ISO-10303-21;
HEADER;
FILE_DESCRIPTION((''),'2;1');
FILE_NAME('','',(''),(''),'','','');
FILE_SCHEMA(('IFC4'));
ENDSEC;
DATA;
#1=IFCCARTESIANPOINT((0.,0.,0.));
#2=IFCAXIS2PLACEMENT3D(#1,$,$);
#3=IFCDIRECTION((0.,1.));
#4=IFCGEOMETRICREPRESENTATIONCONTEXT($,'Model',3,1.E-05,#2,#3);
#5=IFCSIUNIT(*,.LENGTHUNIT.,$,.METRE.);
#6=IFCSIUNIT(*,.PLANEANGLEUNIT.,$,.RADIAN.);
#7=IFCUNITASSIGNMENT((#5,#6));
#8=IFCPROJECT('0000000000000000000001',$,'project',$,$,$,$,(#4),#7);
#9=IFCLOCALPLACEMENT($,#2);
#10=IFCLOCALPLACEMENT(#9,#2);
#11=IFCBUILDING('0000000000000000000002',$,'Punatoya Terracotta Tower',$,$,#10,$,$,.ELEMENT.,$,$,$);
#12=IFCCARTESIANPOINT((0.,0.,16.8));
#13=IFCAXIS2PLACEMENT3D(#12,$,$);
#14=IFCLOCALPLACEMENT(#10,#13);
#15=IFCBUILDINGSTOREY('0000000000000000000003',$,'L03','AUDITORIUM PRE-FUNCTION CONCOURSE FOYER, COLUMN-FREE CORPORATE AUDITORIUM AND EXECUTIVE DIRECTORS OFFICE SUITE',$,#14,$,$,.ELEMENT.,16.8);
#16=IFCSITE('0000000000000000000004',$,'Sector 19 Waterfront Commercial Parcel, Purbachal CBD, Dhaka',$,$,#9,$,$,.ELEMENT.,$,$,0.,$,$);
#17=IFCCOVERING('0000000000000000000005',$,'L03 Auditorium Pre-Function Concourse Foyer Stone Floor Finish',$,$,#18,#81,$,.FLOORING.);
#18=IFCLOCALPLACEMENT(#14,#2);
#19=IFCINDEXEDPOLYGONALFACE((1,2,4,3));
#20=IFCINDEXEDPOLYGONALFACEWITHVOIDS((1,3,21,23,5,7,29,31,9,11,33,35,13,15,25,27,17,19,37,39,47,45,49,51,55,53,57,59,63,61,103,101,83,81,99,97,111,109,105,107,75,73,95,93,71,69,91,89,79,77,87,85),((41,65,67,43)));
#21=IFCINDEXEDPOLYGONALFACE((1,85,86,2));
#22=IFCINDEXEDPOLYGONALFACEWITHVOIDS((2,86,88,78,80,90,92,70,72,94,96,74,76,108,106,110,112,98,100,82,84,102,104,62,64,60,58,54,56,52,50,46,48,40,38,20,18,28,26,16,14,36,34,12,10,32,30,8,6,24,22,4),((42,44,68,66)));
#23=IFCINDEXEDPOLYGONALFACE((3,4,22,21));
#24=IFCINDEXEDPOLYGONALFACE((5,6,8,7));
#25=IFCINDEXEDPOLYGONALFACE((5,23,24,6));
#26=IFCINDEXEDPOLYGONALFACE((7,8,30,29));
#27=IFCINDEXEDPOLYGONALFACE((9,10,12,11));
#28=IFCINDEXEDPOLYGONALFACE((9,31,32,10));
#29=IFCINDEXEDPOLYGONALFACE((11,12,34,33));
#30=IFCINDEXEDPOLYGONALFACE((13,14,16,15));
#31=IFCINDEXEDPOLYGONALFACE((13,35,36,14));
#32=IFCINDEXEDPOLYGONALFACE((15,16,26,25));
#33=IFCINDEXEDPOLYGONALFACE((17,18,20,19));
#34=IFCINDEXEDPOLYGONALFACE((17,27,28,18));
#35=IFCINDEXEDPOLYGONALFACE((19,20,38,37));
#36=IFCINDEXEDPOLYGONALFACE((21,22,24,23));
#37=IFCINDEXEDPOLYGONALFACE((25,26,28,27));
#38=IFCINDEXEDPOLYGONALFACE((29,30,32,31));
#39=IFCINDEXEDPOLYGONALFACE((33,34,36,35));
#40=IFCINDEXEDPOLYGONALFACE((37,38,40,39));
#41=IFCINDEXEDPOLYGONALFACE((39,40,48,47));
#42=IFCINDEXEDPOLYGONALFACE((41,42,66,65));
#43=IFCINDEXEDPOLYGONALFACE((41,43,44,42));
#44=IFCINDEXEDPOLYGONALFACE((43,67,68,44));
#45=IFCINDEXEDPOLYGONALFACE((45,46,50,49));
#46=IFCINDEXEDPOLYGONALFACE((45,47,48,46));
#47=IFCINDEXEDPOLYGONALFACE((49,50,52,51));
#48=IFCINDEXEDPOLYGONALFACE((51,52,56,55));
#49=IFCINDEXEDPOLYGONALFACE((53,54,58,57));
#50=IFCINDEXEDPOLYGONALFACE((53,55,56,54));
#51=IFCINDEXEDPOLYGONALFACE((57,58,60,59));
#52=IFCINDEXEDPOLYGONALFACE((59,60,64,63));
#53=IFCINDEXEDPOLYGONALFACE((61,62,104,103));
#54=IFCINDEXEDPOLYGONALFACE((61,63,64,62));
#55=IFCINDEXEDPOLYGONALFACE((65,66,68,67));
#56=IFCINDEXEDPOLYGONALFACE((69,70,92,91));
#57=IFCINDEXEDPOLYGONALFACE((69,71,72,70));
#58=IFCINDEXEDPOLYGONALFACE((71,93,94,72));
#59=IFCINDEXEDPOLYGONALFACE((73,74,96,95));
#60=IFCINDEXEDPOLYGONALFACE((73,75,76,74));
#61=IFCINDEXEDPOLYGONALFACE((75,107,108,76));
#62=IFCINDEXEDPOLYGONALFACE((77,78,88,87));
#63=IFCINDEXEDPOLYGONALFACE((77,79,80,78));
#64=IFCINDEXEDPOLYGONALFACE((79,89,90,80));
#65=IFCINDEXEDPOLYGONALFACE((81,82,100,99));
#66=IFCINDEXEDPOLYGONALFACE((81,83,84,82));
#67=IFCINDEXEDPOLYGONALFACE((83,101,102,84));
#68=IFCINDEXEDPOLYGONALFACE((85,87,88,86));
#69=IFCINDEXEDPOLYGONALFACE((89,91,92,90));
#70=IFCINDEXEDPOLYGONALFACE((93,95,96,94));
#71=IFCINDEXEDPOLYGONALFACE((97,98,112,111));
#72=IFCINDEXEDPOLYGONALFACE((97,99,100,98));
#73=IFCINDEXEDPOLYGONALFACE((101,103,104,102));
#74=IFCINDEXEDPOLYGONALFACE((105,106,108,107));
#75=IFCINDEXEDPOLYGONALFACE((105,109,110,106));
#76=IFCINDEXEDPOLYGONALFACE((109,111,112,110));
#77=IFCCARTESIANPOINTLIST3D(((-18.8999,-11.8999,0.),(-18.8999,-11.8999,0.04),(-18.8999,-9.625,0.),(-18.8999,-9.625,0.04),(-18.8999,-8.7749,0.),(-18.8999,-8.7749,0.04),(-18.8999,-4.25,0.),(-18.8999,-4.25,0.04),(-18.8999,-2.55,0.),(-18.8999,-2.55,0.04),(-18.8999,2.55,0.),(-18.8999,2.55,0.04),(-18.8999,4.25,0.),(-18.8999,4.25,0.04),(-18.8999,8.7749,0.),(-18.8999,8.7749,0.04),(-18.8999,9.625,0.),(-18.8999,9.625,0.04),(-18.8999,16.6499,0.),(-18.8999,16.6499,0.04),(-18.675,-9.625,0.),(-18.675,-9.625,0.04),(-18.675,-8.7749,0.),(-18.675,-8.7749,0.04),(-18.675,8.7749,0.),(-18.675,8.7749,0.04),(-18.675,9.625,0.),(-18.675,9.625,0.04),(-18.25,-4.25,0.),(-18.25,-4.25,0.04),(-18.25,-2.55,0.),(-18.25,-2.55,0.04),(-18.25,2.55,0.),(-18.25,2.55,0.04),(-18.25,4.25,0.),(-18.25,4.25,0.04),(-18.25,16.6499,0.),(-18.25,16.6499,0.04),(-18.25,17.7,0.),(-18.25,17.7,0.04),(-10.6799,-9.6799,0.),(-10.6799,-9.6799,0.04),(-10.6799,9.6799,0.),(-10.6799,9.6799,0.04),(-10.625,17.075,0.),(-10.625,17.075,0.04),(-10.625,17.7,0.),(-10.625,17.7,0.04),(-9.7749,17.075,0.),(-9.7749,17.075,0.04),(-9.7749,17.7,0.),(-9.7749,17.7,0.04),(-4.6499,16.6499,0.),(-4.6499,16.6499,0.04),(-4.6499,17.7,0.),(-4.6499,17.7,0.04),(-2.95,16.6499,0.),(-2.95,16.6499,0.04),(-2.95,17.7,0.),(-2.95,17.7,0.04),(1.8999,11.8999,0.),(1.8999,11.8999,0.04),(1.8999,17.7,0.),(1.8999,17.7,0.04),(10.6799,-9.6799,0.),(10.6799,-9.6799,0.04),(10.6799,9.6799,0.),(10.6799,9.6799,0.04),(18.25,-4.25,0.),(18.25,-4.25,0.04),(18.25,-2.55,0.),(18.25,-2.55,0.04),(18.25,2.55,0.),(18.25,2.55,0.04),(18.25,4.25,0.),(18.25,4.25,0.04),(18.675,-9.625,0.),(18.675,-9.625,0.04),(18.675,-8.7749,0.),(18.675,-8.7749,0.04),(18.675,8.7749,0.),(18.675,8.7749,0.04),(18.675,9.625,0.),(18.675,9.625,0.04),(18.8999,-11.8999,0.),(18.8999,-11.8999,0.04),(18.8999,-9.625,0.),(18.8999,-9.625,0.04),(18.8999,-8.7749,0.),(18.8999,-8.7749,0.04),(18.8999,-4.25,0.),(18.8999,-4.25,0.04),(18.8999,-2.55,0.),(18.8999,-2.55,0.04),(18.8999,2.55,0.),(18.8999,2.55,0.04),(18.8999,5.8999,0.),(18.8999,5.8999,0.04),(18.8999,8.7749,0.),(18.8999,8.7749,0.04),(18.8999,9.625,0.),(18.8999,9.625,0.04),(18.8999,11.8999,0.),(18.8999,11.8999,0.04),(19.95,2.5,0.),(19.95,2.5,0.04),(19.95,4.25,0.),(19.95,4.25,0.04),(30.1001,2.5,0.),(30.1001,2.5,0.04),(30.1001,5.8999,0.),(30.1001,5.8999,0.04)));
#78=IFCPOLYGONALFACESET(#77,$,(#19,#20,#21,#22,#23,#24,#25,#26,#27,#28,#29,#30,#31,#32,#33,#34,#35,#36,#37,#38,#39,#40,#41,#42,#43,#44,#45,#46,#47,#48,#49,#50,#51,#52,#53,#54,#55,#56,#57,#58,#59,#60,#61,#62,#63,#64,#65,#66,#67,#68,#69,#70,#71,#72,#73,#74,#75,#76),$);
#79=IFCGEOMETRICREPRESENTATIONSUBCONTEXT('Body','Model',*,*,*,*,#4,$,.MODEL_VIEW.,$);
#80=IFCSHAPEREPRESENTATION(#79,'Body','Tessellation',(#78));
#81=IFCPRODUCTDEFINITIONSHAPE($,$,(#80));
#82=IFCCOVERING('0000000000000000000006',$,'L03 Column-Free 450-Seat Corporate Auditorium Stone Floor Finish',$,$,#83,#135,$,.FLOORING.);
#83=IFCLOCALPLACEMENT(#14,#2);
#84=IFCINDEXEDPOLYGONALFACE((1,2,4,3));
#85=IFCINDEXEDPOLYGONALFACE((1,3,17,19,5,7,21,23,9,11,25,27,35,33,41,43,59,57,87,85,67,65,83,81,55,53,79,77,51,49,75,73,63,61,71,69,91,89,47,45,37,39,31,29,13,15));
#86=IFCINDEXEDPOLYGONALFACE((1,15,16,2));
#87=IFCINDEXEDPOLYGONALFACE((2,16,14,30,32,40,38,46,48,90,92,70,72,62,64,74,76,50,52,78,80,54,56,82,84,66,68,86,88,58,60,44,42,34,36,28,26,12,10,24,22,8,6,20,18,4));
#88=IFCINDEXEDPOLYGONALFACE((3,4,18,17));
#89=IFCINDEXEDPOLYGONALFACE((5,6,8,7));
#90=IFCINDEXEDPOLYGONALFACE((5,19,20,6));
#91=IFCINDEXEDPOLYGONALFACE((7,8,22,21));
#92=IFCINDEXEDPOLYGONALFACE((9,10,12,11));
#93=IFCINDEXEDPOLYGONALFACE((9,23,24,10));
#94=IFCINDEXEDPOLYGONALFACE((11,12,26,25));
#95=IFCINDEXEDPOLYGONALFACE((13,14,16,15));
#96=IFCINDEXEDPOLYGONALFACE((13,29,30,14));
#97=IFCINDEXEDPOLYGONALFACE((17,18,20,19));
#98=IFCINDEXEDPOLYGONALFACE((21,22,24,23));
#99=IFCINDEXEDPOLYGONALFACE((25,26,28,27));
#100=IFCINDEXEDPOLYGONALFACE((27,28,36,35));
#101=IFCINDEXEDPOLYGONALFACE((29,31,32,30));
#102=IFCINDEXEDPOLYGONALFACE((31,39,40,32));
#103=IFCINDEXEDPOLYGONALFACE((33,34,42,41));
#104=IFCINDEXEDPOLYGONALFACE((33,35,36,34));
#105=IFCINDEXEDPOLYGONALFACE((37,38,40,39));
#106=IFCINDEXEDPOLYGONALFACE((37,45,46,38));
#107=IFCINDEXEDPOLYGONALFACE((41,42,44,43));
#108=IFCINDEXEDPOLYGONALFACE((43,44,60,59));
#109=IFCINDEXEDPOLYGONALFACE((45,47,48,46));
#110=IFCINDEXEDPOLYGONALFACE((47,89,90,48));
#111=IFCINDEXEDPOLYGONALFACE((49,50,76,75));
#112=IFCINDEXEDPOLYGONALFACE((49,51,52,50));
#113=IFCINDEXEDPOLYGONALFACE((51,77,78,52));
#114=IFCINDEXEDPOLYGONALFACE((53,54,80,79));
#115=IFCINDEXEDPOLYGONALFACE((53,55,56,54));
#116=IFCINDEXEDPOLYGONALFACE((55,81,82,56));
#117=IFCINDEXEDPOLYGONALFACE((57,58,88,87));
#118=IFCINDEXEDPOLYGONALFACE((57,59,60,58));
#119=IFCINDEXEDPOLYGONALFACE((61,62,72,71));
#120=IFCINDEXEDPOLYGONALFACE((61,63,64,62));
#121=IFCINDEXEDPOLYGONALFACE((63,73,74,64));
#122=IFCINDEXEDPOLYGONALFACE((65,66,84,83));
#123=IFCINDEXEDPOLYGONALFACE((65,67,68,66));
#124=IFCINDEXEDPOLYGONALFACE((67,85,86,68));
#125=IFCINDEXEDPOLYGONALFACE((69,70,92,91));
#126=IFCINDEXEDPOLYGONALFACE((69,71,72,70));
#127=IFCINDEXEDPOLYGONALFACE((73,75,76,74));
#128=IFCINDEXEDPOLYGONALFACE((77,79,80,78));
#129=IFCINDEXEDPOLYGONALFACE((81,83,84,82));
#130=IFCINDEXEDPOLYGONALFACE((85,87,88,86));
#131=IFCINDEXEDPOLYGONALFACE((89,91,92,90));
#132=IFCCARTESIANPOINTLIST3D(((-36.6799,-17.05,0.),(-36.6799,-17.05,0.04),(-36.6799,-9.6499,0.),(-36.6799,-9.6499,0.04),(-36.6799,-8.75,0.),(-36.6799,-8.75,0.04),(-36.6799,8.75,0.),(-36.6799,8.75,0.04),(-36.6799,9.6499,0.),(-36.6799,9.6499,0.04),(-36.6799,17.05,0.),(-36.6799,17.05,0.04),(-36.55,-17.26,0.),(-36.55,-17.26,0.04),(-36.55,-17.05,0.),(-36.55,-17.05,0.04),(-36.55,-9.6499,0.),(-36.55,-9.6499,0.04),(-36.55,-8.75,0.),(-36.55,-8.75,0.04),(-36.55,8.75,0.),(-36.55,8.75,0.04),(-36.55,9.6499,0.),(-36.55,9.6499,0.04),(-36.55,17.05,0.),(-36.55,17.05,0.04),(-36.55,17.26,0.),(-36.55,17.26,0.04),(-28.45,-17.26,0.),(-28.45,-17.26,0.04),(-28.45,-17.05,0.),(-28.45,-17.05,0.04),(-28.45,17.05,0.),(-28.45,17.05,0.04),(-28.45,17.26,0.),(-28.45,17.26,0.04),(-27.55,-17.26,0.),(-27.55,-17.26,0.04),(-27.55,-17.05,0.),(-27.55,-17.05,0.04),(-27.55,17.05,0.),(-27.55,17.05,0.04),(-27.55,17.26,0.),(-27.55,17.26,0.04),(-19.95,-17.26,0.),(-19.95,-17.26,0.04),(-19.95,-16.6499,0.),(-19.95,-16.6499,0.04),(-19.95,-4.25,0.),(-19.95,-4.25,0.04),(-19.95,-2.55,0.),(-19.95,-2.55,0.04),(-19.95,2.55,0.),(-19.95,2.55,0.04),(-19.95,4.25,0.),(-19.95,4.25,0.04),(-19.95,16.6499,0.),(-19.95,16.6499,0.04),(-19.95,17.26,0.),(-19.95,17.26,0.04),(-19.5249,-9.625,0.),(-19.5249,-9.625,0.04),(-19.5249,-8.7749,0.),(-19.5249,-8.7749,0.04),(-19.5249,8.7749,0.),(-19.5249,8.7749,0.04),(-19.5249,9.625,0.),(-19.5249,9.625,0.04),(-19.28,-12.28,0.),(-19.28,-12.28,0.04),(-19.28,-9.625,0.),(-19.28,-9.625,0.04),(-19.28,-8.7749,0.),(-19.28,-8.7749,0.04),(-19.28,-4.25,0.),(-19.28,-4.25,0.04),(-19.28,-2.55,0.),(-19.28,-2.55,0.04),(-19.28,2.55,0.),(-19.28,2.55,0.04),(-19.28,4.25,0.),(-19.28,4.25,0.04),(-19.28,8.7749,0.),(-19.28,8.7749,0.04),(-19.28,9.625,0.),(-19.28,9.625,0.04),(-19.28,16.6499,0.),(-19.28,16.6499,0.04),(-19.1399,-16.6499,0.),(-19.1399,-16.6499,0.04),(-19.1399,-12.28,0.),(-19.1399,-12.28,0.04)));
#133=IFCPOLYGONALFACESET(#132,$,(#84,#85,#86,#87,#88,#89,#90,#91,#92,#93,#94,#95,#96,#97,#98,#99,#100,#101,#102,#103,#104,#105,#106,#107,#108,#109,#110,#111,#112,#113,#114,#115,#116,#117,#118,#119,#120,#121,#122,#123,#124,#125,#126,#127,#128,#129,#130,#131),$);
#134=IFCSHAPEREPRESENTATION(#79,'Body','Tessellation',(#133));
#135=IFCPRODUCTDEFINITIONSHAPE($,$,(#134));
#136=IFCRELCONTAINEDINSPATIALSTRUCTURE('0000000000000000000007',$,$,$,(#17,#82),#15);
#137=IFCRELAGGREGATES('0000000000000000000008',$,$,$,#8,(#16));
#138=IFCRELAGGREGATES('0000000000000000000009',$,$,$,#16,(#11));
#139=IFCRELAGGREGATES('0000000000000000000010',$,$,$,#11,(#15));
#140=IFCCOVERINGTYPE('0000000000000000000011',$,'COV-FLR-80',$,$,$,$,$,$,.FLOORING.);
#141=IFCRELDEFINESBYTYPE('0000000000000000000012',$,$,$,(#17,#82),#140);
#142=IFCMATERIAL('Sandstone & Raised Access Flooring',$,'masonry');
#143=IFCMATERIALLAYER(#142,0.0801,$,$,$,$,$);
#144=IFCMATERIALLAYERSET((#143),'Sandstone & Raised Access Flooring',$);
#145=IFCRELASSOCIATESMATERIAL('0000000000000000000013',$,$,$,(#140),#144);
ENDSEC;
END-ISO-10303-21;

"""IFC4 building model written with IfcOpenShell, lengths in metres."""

from ifc_helpers import new_model, si_unit, direction, frame, origin, place, context, subcontext, project, spatial, polyline, outline, extrude, material, layer, layer_set, type_object, element, save


model = new_model("IFC4")

# Units and contexts
model_context = context("Model", 3, precision=1e-05, world=origin(), true_north=direction((0.0, 1.0)))
body_context = subcontext(model_context, "Body", "Model", "MODEL_VIEW")
ifc_project = project(units=[si_unit("LENGTHUNIT", "METRE"), si_unit("PLANEANGLEUNIT", "RADIAN")], contexts=[model_context])

# Site, building, storey
site_placement = place(None, origin())
site = spatial("IfcSite", under=ifc_project, at=site_placement, Name="Sector 19 Waterfront Commercial Parcel, Purbachal CBD, Dhaka", CompositionType="ELEMENT", RefElevation=0.0)
building_placement = place(site_placement, origin())
building = spatial("IfcBuilding", under=site, at=building_placement, Name="Punatoya Terracotta Tower", CompositionType="ELEMENT")
storey_placement = place(building_placement, frame((0.0, 0.0, 16.8)))
storey = spatial("IfcBuildingStorey", under=building, at=storey_placement, Name="L03", Description="AUDITORIUM PRE-FUNCTION CONCOURSE FOYER, COLUMN-FREE CORPORATE AUDITORIUM AND EXECUTIVE DIRECTORS OFFICE SUITE", CompositionType="ELEMENT", Elevation=16.8)

# Coverings
ifc_material_1 = material(Name="Sandstone & Raised Access Flooring", Category="masonry")
ifc_layer_1 = layer(ifc_material_1, 0.0801)
ifc_layer_set_1 = layer_set([ifc_layer_1], Name="Sandstone & Raised Access Flooring")
covering_type_1 = type_object("IfcCoveringType", Name="COV-FLR-80", PredefinedType="FLOORING", material=ifc_layer_set_1)
covering_1_placement = place(storey_placement, origin())
element("IfcCovering", 1, at=covering_1_placement, inside=storey, type_object=covering_type_1, Name="L03 Auditorium Pre-Function Concourse Foyer Stone Floor Finish", PredefinedType="FLOORING", context=body_context, shape_type="SweptSolid", body=[
    extrude(outline(polyline([(-18.8999, 4.25), (-18.25, 4.25), (-18.25, 2.55), (-18.8999, 2.55), (-18.8999, -2.55), (-18.25, -2.55), (-18.25, -4.25), (-18.8999, -4.25), (-18.8999, -8.7749), (-18.675, -8.7749), (-18.675, -9.625), (-18.8999, -9.625), (-18.8999, -11.8999), (18.8999, -11.8999), (18.8999, -9.625), (18.675, -9.625), (18.675, -8.7749), (18.8999, -8.7749), (18.8999, -4.25), (18.25, -4.25), (18.25, -2.55), (18.8999, -2.55), (18.8999, 2.55), (18.25, 2.55), (18.25, 4.25), (19.95, 4.25), (19.95, 2.5), (30.1001, 2.5), (30.1001, 5.8999), (18.8999, 5.8999), (18.8999, 8.7749), (18.675, 8.7749), (18.675, 9.625), (18.8999, 9.625), (18.8999, 11.8999), (1.8999, 11.8999), (1.8999, 17.7), (-2.95, 17.7), (-2.95, 16.6499), (-4.6499, 16.6499), (-4.6499, 17.7), (-9.7749, 17.7), (-9.7749, 17.075), (-10.625, 17.075), (-10.625, 17.7), (-18.25, 17.7), (-18.25, 16.6499), (-18.8999, 16.6499), (-18.8999, 9.625), (-18.675, 9.625), (-18.675, 8.7749), (-18.8999, 8.7749), (-18.8999, 4.25)]), holes=[polyline([(10.6799, 9.6799), (10.6799, -9.6799), (-10.6799, -9.6799), (-10.6799, 9.6799), (10.6799, 9.6799)])]), origin(), (0.0, 0.0, 1.0), 0.04),
])
covering_2_placement = place(storey_placement, origin())
element("IfcCovering", 2, at=covering_2_placement, inside=storey, type_object=covering_type_1, Name="L03 Column-Free 450-Seat Corporate Auditorium Stone Floor Finish", PredefinedType="FLOORING", context=body_context, shape_type="SweptSolid", body=[
    extrude(outline(polyline([(-36.55, 17.26), (-36.55, 17.05), (-36.6799, 17.05), (-36.6799, 9.6499), (-36.55, 9.6499), (-36.55, 8.75), (-36.6799, 8.75), (-36.6799, -8.75), (-36.55, -8.75), (-36.55, -9.6499), (-36.6799, -9.6499), (-36.6799, -17.05), (-36.55, -17.05), (-36.55, -17.26), (-28.45, -17.26), (-28.45, -17.05), (-27.55, -17.05), (-27.55, -17.26), (-19.95, -17.26), (-19.95, -16.6499), (-19.1399, -16.6499), (-19.1399, -12.28), (-19.28, -12.28), (-19.28, -9.625), (-19.5249, -9.625), (-19.5249, -8.7749), (-19.28, -8.7749), (-19.28, -4.25), (-19.95, -4.25), (-19.95, -2.55), (-19.28, -2.55), (-19.28, 2.55), (-19.95, 2.55), (-19.95, 4.25), (-19.28, 4.25), (-19.28, 8.7749), (-19.5249, 8.7749), (-19.5249, 9.625), (-19.28, 9.625), (-19.28, 16.6499), (-19.95, 16.6499), (-19.95, 17.26), (-27.55, 17.26), (-27.55, 17.05), (-28.45, 17.05), (-28.45, 17.26), (-36.55, 17.26)])), origin(), (0.0, 0.0, 1.0), 0.04),
])

save(model, "model.ifc")
